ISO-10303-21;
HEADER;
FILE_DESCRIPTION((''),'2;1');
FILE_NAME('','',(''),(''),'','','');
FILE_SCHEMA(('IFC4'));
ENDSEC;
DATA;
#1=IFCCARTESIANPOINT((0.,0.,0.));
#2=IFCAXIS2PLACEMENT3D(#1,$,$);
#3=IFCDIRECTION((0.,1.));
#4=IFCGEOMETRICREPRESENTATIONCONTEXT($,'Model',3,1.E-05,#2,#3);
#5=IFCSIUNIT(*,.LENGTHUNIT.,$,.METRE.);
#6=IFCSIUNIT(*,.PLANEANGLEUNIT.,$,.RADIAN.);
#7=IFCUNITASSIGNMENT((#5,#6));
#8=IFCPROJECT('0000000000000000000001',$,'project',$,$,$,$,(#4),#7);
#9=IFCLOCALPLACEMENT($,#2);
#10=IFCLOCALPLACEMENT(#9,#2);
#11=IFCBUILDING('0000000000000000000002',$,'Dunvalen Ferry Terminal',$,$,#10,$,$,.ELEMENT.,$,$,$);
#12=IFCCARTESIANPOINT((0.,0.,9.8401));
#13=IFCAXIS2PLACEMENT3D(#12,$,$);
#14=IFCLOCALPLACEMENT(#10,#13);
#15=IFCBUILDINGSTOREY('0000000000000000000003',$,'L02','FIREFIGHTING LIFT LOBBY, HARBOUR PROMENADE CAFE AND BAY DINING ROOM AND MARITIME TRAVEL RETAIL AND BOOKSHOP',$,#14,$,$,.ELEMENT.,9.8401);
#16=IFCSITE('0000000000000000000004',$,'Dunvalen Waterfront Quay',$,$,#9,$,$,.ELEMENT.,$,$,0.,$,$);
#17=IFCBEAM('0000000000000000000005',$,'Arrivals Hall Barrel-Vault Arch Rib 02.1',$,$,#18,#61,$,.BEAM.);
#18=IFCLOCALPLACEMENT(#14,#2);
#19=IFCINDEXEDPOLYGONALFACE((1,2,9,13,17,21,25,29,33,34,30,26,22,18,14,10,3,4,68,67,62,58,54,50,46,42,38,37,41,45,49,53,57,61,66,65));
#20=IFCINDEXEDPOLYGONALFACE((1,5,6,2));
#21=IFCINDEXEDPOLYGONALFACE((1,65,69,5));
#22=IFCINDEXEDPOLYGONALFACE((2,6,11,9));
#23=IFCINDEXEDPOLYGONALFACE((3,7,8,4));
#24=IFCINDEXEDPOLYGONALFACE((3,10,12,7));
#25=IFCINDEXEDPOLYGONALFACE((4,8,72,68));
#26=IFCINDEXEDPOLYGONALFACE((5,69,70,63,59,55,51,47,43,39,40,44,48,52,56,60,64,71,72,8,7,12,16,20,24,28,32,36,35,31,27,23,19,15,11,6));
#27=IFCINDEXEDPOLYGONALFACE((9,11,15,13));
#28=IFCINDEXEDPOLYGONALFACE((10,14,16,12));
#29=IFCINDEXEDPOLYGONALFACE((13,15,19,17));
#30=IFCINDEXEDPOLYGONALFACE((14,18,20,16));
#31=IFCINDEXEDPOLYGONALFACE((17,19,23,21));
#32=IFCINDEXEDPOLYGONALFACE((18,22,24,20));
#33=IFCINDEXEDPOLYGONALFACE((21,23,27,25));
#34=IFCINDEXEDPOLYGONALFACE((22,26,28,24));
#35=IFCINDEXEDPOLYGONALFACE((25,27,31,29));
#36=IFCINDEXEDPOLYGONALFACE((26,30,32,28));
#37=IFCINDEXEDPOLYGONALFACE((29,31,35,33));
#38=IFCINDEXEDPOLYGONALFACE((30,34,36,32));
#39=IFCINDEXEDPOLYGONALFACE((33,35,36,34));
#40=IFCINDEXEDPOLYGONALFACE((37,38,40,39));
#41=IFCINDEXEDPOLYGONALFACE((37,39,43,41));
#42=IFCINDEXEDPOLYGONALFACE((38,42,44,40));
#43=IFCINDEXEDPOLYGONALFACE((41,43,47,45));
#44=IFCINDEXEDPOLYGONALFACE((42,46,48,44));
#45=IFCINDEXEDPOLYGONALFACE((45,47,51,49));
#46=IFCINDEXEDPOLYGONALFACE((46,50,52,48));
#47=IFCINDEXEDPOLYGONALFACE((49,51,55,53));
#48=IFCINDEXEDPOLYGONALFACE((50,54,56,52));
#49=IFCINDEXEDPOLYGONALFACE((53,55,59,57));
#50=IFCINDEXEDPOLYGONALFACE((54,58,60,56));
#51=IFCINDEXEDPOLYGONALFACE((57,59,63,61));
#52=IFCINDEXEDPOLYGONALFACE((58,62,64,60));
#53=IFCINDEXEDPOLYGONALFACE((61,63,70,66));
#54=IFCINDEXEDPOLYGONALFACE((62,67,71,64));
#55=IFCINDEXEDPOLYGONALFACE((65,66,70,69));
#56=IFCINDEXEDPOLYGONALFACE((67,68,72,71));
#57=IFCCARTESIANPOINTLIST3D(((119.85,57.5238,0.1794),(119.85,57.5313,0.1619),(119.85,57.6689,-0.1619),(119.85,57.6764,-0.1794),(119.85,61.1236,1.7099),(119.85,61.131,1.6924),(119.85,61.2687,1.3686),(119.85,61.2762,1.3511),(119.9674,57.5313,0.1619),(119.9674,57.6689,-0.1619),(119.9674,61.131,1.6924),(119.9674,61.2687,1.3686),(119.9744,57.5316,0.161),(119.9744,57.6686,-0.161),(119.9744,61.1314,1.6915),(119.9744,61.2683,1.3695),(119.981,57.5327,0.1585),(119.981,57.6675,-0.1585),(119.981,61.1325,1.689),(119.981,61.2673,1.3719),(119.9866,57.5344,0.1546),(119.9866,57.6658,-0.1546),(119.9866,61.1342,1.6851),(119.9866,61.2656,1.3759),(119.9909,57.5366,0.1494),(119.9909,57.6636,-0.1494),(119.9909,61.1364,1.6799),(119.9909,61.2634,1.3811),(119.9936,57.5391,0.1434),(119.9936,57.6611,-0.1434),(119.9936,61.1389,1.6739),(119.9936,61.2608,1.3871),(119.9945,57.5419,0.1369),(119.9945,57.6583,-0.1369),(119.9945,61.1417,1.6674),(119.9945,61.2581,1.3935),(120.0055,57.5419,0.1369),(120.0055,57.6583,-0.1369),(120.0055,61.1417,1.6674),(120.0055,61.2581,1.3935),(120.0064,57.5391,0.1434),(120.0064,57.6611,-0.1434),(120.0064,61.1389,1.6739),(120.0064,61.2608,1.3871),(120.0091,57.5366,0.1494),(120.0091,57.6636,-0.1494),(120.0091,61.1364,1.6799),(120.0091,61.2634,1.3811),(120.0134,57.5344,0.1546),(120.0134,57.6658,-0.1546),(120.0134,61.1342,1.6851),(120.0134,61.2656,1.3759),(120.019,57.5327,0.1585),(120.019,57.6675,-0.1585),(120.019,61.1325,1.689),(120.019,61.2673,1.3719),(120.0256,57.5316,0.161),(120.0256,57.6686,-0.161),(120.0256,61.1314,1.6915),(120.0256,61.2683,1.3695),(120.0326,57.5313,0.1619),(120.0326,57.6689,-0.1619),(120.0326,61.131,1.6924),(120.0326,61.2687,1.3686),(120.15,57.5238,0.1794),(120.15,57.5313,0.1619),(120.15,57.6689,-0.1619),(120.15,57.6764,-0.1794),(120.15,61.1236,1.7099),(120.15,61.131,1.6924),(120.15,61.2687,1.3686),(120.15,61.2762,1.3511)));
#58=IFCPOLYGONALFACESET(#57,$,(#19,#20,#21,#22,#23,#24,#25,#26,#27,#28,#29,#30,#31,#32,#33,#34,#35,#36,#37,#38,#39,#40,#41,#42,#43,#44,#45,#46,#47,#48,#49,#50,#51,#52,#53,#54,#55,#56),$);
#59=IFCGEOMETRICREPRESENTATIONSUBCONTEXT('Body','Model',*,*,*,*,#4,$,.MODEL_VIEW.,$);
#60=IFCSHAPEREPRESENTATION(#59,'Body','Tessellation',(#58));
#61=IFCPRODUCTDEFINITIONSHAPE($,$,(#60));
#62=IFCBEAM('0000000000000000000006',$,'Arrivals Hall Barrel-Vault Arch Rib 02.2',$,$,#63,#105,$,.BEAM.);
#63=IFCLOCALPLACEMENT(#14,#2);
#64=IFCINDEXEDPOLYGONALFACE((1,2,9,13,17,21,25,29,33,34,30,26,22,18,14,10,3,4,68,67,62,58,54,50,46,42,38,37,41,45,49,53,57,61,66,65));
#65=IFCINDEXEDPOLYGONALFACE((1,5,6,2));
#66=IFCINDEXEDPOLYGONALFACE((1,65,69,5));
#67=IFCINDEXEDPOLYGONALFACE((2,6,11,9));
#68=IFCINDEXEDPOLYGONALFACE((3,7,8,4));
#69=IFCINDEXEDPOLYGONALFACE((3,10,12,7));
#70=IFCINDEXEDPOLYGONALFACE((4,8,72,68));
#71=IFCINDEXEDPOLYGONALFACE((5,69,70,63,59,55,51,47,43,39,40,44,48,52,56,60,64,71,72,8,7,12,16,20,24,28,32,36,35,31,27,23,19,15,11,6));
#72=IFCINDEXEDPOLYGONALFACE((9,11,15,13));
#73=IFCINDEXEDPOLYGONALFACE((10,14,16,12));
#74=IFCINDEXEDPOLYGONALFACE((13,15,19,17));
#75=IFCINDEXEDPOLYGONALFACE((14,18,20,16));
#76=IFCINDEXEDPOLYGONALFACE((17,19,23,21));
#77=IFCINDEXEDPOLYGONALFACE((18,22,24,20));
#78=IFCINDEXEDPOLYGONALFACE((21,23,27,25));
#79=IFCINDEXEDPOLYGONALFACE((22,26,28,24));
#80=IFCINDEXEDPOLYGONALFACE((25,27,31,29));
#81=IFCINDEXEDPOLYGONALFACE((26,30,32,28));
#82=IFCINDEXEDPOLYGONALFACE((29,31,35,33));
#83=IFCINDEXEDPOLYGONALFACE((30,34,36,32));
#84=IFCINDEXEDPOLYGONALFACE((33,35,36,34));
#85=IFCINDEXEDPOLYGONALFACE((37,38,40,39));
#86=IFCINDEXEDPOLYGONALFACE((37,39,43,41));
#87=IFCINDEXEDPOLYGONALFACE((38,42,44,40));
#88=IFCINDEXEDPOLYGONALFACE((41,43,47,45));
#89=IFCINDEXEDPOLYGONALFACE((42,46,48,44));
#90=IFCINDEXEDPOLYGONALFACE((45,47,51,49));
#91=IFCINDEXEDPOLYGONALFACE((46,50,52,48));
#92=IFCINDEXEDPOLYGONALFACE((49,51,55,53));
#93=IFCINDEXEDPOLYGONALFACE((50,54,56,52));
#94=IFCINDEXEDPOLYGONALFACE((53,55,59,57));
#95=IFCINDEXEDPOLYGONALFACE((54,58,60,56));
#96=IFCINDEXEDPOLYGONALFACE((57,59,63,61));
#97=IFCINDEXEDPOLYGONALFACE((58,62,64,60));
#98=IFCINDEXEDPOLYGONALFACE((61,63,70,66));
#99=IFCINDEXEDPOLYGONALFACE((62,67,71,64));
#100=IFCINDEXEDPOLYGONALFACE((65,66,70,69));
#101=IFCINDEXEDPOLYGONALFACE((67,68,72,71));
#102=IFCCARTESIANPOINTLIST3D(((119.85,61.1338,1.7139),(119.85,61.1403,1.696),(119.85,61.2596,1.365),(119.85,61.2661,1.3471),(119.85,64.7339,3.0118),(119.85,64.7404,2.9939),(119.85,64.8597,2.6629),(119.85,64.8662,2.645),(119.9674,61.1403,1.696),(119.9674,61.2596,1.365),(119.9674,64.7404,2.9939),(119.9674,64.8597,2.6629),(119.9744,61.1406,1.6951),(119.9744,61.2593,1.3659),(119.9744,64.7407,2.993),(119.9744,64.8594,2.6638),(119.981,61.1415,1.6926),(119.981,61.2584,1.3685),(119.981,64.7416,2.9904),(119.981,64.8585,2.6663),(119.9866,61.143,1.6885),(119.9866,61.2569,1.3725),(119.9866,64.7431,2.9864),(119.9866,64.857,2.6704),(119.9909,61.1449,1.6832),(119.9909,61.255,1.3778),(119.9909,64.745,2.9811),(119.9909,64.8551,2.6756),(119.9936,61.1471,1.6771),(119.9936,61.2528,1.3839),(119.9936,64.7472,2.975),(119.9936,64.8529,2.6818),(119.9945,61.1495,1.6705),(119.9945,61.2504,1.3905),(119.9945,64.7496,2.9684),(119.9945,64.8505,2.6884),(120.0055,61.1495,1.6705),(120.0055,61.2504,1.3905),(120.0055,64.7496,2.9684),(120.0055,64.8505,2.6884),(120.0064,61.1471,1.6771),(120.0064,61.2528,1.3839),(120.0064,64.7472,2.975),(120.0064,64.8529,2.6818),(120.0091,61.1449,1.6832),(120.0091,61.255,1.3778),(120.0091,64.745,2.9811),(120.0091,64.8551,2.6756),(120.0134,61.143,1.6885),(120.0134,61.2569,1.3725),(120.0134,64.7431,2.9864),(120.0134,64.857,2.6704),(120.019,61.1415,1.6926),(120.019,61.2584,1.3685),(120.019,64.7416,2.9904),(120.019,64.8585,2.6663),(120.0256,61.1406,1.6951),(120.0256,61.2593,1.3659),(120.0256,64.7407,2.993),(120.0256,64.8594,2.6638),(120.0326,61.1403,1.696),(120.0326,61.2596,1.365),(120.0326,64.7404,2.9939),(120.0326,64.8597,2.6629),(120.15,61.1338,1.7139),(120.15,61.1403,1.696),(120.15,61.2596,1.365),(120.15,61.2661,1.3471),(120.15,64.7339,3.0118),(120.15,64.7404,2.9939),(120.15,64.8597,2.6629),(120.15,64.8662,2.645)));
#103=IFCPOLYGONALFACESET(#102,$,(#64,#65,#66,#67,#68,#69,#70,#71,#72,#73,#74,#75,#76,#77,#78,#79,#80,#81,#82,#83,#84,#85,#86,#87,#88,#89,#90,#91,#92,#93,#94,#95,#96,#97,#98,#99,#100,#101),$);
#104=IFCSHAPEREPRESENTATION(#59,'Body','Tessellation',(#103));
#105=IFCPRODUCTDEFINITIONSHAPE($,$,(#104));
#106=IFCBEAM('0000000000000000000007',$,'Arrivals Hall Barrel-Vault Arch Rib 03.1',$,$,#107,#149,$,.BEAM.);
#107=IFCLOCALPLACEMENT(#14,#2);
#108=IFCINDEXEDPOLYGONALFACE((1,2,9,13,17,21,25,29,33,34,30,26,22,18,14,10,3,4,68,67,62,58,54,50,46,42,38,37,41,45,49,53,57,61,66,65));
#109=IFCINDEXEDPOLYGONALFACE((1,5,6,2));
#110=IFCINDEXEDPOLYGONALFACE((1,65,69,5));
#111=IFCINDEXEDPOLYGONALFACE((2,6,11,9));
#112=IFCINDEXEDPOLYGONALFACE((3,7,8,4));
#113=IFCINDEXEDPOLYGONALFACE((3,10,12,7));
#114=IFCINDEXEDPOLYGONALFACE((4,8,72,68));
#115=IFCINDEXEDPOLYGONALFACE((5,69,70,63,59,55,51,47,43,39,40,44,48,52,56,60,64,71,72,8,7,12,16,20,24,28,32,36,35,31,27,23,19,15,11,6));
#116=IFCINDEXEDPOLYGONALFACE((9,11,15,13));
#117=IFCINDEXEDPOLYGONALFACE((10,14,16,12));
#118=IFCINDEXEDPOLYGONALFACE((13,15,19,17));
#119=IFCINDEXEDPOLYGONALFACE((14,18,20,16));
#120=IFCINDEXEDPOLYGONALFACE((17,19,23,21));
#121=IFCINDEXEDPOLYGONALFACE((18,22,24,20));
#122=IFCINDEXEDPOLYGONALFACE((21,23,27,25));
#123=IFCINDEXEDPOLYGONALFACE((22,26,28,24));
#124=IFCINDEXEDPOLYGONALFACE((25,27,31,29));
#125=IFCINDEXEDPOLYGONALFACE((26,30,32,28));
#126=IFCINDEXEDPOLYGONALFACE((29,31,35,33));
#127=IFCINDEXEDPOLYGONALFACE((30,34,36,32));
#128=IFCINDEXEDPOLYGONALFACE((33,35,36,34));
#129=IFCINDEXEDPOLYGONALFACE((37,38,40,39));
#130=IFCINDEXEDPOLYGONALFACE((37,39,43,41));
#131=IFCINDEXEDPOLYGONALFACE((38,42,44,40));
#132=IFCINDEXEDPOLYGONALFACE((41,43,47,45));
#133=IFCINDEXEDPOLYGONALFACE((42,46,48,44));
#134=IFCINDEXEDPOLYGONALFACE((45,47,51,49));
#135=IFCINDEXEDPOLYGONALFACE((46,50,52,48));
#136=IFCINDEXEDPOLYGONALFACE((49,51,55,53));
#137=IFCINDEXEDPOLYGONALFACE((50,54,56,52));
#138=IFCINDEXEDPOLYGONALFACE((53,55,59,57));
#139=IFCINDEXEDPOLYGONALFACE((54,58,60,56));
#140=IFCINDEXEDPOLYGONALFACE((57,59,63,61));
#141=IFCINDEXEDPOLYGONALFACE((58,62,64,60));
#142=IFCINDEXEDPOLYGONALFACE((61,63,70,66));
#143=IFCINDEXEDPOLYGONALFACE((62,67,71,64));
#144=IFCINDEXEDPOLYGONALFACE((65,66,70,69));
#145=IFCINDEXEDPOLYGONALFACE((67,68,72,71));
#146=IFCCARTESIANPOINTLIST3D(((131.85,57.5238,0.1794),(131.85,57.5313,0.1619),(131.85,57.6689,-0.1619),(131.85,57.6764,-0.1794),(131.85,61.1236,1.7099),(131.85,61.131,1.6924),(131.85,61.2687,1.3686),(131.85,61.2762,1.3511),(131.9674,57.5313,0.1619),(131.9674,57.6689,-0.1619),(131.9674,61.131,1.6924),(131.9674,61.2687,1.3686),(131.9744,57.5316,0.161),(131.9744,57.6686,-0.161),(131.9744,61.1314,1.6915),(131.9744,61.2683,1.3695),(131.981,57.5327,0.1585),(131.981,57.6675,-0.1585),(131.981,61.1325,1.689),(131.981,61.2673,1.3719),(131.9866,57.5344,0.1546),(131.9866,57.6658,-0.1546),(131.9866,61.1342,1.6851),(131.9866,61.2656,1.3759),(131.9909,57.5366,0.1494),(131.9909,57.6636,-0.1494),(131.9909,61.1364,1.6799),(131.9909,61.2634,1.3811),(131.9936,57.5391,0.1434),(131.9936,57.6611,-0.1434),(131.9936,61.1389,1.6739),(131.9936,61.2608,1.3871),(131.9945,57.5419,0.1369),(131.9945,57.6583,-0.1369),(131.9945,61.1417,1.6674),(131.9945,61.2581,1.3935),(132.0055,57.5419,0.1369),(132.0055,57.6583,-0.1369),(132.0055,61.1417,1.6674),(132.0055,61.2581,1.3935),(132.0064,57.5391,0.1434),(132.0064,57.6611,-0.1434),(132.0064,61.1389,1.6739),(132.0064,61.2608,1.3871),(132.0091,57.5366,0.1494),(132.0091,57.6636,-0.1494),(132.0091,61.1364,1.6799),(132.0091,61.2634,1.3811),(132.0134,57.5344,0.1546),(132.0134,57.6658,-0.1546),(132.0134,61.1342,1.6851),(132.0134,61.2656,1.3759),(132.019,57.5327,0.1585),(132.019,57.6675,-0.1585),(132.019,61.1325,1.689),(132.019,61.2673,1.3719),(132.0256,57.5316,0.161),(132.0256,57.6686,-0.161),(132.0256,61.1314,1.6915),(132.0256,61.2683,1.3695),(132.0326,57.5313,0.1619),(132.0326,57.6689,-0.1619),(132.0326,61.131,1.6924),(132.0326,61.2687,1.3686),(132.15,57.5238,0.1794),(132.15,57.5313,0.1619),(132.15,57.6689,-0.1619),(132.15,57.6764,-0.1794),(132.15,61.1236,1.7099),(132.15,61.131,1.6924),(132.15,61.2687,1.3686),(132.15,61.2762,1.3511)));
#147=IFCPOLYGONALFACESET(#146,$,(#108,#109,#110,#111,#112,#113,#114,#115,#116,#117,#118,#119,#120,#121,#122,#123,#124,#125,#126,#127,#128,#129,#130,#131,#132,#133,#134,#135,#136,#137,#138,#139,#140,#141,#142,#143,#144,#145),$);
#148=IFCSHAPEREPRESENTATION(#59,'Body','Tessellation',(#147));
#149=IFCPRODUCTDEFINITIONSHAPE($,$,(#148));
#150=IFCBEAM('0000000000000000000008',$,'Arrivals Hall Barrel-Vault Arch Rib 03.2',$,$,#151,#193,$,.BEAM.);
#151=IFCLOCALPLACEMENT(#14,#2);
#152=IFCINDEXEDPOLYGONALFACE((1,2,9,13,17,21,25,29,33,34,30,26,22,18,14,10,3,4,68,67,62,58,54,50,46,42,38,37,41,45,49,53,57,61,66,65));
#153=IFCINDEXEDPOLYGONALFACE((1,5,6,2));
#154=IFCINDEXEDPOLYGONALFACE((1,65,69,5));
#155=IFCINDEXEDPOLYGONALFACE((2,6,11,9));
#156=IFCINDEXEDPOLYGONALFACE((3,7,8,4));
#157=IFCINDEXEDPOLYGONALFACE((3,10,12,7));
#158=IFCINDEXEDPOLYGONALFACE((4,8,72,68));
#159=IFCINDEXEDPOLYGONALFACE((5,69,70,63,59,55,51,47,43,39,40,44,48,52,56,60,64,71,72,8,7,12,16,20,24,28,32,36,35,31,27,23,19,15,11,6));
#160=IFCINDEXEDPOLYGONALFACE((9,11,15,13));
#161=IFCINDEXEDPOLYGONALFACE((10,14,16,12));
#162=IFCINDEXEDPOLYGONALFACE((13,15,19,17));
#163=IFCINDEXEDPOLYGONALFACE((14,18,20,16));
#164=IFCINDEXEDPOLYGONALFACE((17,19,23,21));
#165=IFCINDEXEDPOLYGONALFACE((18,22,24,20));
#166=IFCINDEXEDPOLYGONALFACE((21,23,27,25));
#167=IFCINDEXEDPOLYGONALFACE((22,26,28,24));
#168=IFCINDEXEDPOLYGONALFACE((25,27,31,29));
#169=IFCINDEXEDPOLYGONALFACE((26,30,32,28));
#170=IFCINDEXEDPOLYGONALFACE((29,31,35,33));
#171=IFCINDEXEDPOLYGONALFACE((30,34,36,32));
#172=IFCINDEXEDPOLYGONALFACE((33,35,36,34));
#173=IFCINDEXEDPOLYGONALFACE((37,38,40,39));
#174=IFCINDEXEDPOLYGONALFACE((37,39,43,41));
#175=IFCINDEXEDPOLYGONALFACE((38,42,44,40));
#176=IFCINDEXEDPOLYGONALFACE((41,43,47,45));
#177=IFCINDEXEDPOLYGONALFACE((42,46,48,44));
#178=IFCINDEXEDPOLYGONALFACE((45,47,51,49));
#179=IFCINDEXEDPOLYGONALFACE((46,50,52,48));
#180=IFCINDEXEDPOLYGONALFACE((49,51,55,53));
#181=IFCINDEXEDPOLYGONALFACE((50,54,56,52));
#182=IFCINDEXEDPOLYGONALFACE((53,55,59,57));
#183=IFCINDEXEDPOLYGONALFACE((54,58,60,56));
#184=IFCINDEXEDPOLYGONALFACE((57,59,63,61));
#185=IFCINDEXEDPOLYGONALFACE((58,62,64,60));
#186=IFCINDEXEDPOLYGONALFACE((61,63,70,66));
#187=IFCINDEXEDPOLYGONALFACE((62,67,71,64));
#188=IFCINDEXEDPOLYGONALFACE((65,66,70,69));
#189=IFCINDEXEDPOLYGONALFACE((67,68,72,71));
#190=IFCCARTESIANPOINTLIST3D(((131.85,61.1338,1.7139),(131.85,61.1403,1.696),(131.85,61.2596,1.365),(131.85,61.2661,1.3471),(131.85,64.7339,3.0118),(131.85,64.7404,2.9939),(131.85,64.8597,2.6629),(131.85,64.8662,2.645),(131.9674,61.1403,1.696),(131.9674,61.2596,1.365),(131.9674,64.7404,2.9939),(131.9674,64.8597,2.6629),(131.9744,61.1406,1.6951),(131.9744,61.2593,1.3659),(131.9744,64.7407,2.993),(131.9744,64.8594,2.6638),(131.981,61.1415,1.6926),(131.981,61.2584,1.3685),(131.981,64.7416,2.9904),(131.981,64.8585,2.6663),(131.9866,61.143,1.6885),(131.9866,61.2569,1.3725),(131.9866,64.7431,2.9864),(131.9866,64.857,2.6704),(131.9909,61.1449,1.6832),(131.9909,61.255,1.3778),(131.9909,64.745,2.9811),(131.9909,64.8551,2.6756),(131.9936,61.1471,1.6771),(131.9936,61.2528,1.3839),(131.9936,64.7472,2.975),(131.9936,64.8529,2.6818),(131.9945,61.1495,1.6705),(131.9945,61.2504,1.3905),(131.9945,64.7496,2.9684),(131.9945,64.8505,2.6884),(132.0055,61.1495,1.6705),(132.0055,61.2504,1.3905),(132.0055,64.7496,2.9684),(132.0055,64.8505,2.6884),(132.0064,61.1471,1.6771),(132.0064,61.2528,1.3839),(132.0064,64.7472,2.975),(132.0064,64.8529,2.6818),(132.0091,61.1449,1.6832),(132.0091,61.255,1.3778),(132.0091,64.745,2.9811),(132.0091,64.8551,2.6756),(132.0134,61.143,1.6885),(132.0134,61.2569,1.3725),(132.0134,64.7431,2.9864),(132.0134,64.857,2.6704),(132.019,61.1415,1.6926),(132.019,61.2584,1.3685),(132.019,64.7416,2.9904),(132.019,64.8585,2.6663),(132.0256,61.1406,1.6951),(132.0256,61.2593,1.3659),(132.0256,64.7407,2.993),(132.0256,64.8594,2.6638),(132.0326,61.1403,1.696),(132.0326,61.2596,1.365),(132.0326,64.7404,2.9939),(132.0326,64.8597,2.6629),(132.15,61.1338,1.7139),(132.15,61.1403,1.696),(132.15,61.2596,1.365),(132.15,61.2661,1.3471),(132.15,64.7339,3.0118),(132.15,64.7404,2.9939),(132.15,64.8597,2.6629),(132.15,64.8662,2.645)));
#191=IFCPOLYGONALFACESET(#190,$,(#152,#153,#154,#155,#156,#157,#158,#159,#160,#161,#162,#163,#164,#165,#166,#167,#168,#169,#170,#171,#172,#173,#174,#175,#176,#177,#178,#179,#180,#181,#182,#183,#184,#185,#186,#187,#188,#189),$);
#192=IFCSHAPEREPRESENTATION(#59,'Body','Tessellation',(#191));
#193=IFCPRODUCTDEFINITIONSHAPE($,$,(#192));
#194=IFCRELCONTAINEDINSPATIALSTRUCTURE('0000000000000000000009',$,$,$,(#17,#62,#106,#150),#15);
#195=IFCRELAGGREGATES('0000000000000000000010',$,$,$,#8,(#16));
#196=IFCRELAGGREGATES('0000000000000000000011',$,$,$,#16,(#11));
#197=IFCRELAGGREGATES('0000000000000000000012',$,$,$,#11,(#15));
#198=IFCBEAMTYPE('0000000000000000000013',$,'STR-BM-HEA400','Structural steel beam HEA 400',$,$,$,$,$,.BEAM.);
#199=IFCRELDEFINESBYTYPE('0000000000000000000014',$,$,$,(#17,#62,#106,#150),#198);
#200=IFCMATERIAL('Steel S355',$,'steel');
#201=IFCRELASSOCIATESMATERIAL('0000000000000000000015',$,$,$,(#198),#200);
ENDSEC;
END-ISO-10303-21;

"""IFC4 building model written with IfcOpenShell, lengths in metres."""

from ifc_helpers import new_model, si_unit, direction, frame, origin, origin_2d, place, context, subcontext, project, spatial, i_section, extrude, material, material_profile, profile_set, type_object, element, save


model = new_model("IFC4")

# Units and contexts
model_context = context("Model", 3, precision=1e-05, world=origin(), true_north=direction((0.0, 1.0)))
body_context = subcontext(model_context, "Body", "Model", "MODEL_VIEW")
ifc_project = project(units=[si_unit("LENGTHUNIT", "METRE"), si_unit("PLANEANGLEUNIT", "RADIAN")], contexts=[model_context])

# Site, building, storey
site_placement = place(None, origin())
site = spatial("IfcSite", under=ifc_project, at=site_placement, Name="Dunvalen Waterfront Quay", CompositionType="ELEMENT", RefElevation=0.0)
building_placement = place(site_placement, origin())
building = spatial("IfcBuilding", under=site, at=building_placement, Name="Dunvalen Ferry Terminal", CompositionType="ELEMENT")
storey_placement = place(building_placement, frame((0.0, 0.0, 9.8401)))
storey = spatial("IfcBuildingStorey", under=building, at=storey_placement, Name="L02", Description="FIREFIGHTING LIFT LOBBY, HARBOUR PROMENADE CAFE AND BAY DINING ROOM AND MARITIME TRAVEL RETAIL AND BOOKSHOP", CompositionType="ELEMENT", Elevation=9.8401)

# Beams
ifc_material_1 = material(Name="Steel S355", Category="steel")
ifc_material_profile_1 = material_profile(ifc_material_1, i_section(OverallWidth=0.3, OverallDepth=0.3899, WebThickness=0.011, FlangeThickness=0.019, FilletRadius=0.0271, at=origin_2d()), Name="Steel S355")
ifc_profile_set_1 = profile_set([ifc_material_profile_1], Name="Steel S355")
beam_type_1 = type_object("IfcBeamType", Name="STR-BM-HEA400", Description="Structural steel beam HEA 400", PredefinedType="BEAM", material=ifc_profile_set_1)
beam_1_placement = place(storey_placement, frame((120.0, 57.6001, 0.0), z_axis=(0.0, 0.920278, 0.391266), x_axis=(-1.0, 0.0, 0.0)))
element("IfcBeam", 1, at=beam_1_placement, inside=storey, type_object=beam_type_1, Name="Arrivals Hall Barrel-Vault Arch Rib 02.1", PredefinedType="BEAM", context=body_context, shape_type="SweptSolid", body=[
    extrude(i_section(OverallWidth=0.3, OverallDepth=0.3899, WebThickness=0.011, FlangeThickness=0.019, FilletRadius=0.0271, at=origin_2d()), origin(), (0.0, 0.0, 1.0), 3.9116),
])
beam_2_placement = place(storey_placement, frame((120.0, 61.2, 1.5305), z_axis=(0.0, 0.940736, 0.33914), x_axis=(-1.0, 0.0, 0.0)))
element("IfcBeam", 2, at=beam_2_placement, inside=storey, type_object=beam_type_1, Name="Arrivals Hall Barrel-Vault Arch Rib 02.2", PredefinedType="BEAM", context=body_context, shape_type="SweptSolid", body=[
    extrude(i_section(OverallWidth=0.3, OverallDepth=0.3899, WebThickness=0.011, FlangeThickness=0.019, FilletRadius=0.0271, at=origin_2d()), origin(), (0.0, 0.0, 1.0), 3.8269),
])
beam_3_placement = place(storey_placement, frame((132.0, 57.6001, 0.0), z_axis=(0.0, 0.920278, 0.391266), x_axis=(-1.0, 0.0, 0.0)))
element("IfcBeam", 3, at=beam_3_placement, inside=storey, type_object=beam_type_1, Name="Arrivals Hall Barrel-Vault Arch Rib 03.1", PredefinedType="BEAM", context=body_context, shape_type="SweptSolid", body=[
    extrude(i_section(OverallWidth=0.3, OverallDepth=0.3899, WebThickness=0.011, FlangeThickness=0.019, FilletRadius=0.0271, at=origin_2d()), origin(), (0.0, 0.0, 1.0), 3.9116),
])
beam_4_placement = place(storey_placement, frame((132.0, 61.2, 1.5305), z_axis=(0.0, 0.940736, 0.33914), x_axis=(-1.0, 0.0, 0.0)))
element("IfcBeam", 4, at=beam_4_placement, inside=storey, type_object=beam_type_1, Name="Arrivals Hall Barrel-Vault Arch Rib 03.2", PredefinedType="BEAM", context=body_context, shape_type="SweptSolid", body=[
    extrude(i_section(OverallWidth=0.3, OverallDepth=0.3899, WebThickness=0.011, FlangeThickness=0.019, FilletRadius=0.0271, at=origin_2d()), origin(), (0.0, 0.0, 1.0), 3.8269),
])

save(model, "model.ifc")
